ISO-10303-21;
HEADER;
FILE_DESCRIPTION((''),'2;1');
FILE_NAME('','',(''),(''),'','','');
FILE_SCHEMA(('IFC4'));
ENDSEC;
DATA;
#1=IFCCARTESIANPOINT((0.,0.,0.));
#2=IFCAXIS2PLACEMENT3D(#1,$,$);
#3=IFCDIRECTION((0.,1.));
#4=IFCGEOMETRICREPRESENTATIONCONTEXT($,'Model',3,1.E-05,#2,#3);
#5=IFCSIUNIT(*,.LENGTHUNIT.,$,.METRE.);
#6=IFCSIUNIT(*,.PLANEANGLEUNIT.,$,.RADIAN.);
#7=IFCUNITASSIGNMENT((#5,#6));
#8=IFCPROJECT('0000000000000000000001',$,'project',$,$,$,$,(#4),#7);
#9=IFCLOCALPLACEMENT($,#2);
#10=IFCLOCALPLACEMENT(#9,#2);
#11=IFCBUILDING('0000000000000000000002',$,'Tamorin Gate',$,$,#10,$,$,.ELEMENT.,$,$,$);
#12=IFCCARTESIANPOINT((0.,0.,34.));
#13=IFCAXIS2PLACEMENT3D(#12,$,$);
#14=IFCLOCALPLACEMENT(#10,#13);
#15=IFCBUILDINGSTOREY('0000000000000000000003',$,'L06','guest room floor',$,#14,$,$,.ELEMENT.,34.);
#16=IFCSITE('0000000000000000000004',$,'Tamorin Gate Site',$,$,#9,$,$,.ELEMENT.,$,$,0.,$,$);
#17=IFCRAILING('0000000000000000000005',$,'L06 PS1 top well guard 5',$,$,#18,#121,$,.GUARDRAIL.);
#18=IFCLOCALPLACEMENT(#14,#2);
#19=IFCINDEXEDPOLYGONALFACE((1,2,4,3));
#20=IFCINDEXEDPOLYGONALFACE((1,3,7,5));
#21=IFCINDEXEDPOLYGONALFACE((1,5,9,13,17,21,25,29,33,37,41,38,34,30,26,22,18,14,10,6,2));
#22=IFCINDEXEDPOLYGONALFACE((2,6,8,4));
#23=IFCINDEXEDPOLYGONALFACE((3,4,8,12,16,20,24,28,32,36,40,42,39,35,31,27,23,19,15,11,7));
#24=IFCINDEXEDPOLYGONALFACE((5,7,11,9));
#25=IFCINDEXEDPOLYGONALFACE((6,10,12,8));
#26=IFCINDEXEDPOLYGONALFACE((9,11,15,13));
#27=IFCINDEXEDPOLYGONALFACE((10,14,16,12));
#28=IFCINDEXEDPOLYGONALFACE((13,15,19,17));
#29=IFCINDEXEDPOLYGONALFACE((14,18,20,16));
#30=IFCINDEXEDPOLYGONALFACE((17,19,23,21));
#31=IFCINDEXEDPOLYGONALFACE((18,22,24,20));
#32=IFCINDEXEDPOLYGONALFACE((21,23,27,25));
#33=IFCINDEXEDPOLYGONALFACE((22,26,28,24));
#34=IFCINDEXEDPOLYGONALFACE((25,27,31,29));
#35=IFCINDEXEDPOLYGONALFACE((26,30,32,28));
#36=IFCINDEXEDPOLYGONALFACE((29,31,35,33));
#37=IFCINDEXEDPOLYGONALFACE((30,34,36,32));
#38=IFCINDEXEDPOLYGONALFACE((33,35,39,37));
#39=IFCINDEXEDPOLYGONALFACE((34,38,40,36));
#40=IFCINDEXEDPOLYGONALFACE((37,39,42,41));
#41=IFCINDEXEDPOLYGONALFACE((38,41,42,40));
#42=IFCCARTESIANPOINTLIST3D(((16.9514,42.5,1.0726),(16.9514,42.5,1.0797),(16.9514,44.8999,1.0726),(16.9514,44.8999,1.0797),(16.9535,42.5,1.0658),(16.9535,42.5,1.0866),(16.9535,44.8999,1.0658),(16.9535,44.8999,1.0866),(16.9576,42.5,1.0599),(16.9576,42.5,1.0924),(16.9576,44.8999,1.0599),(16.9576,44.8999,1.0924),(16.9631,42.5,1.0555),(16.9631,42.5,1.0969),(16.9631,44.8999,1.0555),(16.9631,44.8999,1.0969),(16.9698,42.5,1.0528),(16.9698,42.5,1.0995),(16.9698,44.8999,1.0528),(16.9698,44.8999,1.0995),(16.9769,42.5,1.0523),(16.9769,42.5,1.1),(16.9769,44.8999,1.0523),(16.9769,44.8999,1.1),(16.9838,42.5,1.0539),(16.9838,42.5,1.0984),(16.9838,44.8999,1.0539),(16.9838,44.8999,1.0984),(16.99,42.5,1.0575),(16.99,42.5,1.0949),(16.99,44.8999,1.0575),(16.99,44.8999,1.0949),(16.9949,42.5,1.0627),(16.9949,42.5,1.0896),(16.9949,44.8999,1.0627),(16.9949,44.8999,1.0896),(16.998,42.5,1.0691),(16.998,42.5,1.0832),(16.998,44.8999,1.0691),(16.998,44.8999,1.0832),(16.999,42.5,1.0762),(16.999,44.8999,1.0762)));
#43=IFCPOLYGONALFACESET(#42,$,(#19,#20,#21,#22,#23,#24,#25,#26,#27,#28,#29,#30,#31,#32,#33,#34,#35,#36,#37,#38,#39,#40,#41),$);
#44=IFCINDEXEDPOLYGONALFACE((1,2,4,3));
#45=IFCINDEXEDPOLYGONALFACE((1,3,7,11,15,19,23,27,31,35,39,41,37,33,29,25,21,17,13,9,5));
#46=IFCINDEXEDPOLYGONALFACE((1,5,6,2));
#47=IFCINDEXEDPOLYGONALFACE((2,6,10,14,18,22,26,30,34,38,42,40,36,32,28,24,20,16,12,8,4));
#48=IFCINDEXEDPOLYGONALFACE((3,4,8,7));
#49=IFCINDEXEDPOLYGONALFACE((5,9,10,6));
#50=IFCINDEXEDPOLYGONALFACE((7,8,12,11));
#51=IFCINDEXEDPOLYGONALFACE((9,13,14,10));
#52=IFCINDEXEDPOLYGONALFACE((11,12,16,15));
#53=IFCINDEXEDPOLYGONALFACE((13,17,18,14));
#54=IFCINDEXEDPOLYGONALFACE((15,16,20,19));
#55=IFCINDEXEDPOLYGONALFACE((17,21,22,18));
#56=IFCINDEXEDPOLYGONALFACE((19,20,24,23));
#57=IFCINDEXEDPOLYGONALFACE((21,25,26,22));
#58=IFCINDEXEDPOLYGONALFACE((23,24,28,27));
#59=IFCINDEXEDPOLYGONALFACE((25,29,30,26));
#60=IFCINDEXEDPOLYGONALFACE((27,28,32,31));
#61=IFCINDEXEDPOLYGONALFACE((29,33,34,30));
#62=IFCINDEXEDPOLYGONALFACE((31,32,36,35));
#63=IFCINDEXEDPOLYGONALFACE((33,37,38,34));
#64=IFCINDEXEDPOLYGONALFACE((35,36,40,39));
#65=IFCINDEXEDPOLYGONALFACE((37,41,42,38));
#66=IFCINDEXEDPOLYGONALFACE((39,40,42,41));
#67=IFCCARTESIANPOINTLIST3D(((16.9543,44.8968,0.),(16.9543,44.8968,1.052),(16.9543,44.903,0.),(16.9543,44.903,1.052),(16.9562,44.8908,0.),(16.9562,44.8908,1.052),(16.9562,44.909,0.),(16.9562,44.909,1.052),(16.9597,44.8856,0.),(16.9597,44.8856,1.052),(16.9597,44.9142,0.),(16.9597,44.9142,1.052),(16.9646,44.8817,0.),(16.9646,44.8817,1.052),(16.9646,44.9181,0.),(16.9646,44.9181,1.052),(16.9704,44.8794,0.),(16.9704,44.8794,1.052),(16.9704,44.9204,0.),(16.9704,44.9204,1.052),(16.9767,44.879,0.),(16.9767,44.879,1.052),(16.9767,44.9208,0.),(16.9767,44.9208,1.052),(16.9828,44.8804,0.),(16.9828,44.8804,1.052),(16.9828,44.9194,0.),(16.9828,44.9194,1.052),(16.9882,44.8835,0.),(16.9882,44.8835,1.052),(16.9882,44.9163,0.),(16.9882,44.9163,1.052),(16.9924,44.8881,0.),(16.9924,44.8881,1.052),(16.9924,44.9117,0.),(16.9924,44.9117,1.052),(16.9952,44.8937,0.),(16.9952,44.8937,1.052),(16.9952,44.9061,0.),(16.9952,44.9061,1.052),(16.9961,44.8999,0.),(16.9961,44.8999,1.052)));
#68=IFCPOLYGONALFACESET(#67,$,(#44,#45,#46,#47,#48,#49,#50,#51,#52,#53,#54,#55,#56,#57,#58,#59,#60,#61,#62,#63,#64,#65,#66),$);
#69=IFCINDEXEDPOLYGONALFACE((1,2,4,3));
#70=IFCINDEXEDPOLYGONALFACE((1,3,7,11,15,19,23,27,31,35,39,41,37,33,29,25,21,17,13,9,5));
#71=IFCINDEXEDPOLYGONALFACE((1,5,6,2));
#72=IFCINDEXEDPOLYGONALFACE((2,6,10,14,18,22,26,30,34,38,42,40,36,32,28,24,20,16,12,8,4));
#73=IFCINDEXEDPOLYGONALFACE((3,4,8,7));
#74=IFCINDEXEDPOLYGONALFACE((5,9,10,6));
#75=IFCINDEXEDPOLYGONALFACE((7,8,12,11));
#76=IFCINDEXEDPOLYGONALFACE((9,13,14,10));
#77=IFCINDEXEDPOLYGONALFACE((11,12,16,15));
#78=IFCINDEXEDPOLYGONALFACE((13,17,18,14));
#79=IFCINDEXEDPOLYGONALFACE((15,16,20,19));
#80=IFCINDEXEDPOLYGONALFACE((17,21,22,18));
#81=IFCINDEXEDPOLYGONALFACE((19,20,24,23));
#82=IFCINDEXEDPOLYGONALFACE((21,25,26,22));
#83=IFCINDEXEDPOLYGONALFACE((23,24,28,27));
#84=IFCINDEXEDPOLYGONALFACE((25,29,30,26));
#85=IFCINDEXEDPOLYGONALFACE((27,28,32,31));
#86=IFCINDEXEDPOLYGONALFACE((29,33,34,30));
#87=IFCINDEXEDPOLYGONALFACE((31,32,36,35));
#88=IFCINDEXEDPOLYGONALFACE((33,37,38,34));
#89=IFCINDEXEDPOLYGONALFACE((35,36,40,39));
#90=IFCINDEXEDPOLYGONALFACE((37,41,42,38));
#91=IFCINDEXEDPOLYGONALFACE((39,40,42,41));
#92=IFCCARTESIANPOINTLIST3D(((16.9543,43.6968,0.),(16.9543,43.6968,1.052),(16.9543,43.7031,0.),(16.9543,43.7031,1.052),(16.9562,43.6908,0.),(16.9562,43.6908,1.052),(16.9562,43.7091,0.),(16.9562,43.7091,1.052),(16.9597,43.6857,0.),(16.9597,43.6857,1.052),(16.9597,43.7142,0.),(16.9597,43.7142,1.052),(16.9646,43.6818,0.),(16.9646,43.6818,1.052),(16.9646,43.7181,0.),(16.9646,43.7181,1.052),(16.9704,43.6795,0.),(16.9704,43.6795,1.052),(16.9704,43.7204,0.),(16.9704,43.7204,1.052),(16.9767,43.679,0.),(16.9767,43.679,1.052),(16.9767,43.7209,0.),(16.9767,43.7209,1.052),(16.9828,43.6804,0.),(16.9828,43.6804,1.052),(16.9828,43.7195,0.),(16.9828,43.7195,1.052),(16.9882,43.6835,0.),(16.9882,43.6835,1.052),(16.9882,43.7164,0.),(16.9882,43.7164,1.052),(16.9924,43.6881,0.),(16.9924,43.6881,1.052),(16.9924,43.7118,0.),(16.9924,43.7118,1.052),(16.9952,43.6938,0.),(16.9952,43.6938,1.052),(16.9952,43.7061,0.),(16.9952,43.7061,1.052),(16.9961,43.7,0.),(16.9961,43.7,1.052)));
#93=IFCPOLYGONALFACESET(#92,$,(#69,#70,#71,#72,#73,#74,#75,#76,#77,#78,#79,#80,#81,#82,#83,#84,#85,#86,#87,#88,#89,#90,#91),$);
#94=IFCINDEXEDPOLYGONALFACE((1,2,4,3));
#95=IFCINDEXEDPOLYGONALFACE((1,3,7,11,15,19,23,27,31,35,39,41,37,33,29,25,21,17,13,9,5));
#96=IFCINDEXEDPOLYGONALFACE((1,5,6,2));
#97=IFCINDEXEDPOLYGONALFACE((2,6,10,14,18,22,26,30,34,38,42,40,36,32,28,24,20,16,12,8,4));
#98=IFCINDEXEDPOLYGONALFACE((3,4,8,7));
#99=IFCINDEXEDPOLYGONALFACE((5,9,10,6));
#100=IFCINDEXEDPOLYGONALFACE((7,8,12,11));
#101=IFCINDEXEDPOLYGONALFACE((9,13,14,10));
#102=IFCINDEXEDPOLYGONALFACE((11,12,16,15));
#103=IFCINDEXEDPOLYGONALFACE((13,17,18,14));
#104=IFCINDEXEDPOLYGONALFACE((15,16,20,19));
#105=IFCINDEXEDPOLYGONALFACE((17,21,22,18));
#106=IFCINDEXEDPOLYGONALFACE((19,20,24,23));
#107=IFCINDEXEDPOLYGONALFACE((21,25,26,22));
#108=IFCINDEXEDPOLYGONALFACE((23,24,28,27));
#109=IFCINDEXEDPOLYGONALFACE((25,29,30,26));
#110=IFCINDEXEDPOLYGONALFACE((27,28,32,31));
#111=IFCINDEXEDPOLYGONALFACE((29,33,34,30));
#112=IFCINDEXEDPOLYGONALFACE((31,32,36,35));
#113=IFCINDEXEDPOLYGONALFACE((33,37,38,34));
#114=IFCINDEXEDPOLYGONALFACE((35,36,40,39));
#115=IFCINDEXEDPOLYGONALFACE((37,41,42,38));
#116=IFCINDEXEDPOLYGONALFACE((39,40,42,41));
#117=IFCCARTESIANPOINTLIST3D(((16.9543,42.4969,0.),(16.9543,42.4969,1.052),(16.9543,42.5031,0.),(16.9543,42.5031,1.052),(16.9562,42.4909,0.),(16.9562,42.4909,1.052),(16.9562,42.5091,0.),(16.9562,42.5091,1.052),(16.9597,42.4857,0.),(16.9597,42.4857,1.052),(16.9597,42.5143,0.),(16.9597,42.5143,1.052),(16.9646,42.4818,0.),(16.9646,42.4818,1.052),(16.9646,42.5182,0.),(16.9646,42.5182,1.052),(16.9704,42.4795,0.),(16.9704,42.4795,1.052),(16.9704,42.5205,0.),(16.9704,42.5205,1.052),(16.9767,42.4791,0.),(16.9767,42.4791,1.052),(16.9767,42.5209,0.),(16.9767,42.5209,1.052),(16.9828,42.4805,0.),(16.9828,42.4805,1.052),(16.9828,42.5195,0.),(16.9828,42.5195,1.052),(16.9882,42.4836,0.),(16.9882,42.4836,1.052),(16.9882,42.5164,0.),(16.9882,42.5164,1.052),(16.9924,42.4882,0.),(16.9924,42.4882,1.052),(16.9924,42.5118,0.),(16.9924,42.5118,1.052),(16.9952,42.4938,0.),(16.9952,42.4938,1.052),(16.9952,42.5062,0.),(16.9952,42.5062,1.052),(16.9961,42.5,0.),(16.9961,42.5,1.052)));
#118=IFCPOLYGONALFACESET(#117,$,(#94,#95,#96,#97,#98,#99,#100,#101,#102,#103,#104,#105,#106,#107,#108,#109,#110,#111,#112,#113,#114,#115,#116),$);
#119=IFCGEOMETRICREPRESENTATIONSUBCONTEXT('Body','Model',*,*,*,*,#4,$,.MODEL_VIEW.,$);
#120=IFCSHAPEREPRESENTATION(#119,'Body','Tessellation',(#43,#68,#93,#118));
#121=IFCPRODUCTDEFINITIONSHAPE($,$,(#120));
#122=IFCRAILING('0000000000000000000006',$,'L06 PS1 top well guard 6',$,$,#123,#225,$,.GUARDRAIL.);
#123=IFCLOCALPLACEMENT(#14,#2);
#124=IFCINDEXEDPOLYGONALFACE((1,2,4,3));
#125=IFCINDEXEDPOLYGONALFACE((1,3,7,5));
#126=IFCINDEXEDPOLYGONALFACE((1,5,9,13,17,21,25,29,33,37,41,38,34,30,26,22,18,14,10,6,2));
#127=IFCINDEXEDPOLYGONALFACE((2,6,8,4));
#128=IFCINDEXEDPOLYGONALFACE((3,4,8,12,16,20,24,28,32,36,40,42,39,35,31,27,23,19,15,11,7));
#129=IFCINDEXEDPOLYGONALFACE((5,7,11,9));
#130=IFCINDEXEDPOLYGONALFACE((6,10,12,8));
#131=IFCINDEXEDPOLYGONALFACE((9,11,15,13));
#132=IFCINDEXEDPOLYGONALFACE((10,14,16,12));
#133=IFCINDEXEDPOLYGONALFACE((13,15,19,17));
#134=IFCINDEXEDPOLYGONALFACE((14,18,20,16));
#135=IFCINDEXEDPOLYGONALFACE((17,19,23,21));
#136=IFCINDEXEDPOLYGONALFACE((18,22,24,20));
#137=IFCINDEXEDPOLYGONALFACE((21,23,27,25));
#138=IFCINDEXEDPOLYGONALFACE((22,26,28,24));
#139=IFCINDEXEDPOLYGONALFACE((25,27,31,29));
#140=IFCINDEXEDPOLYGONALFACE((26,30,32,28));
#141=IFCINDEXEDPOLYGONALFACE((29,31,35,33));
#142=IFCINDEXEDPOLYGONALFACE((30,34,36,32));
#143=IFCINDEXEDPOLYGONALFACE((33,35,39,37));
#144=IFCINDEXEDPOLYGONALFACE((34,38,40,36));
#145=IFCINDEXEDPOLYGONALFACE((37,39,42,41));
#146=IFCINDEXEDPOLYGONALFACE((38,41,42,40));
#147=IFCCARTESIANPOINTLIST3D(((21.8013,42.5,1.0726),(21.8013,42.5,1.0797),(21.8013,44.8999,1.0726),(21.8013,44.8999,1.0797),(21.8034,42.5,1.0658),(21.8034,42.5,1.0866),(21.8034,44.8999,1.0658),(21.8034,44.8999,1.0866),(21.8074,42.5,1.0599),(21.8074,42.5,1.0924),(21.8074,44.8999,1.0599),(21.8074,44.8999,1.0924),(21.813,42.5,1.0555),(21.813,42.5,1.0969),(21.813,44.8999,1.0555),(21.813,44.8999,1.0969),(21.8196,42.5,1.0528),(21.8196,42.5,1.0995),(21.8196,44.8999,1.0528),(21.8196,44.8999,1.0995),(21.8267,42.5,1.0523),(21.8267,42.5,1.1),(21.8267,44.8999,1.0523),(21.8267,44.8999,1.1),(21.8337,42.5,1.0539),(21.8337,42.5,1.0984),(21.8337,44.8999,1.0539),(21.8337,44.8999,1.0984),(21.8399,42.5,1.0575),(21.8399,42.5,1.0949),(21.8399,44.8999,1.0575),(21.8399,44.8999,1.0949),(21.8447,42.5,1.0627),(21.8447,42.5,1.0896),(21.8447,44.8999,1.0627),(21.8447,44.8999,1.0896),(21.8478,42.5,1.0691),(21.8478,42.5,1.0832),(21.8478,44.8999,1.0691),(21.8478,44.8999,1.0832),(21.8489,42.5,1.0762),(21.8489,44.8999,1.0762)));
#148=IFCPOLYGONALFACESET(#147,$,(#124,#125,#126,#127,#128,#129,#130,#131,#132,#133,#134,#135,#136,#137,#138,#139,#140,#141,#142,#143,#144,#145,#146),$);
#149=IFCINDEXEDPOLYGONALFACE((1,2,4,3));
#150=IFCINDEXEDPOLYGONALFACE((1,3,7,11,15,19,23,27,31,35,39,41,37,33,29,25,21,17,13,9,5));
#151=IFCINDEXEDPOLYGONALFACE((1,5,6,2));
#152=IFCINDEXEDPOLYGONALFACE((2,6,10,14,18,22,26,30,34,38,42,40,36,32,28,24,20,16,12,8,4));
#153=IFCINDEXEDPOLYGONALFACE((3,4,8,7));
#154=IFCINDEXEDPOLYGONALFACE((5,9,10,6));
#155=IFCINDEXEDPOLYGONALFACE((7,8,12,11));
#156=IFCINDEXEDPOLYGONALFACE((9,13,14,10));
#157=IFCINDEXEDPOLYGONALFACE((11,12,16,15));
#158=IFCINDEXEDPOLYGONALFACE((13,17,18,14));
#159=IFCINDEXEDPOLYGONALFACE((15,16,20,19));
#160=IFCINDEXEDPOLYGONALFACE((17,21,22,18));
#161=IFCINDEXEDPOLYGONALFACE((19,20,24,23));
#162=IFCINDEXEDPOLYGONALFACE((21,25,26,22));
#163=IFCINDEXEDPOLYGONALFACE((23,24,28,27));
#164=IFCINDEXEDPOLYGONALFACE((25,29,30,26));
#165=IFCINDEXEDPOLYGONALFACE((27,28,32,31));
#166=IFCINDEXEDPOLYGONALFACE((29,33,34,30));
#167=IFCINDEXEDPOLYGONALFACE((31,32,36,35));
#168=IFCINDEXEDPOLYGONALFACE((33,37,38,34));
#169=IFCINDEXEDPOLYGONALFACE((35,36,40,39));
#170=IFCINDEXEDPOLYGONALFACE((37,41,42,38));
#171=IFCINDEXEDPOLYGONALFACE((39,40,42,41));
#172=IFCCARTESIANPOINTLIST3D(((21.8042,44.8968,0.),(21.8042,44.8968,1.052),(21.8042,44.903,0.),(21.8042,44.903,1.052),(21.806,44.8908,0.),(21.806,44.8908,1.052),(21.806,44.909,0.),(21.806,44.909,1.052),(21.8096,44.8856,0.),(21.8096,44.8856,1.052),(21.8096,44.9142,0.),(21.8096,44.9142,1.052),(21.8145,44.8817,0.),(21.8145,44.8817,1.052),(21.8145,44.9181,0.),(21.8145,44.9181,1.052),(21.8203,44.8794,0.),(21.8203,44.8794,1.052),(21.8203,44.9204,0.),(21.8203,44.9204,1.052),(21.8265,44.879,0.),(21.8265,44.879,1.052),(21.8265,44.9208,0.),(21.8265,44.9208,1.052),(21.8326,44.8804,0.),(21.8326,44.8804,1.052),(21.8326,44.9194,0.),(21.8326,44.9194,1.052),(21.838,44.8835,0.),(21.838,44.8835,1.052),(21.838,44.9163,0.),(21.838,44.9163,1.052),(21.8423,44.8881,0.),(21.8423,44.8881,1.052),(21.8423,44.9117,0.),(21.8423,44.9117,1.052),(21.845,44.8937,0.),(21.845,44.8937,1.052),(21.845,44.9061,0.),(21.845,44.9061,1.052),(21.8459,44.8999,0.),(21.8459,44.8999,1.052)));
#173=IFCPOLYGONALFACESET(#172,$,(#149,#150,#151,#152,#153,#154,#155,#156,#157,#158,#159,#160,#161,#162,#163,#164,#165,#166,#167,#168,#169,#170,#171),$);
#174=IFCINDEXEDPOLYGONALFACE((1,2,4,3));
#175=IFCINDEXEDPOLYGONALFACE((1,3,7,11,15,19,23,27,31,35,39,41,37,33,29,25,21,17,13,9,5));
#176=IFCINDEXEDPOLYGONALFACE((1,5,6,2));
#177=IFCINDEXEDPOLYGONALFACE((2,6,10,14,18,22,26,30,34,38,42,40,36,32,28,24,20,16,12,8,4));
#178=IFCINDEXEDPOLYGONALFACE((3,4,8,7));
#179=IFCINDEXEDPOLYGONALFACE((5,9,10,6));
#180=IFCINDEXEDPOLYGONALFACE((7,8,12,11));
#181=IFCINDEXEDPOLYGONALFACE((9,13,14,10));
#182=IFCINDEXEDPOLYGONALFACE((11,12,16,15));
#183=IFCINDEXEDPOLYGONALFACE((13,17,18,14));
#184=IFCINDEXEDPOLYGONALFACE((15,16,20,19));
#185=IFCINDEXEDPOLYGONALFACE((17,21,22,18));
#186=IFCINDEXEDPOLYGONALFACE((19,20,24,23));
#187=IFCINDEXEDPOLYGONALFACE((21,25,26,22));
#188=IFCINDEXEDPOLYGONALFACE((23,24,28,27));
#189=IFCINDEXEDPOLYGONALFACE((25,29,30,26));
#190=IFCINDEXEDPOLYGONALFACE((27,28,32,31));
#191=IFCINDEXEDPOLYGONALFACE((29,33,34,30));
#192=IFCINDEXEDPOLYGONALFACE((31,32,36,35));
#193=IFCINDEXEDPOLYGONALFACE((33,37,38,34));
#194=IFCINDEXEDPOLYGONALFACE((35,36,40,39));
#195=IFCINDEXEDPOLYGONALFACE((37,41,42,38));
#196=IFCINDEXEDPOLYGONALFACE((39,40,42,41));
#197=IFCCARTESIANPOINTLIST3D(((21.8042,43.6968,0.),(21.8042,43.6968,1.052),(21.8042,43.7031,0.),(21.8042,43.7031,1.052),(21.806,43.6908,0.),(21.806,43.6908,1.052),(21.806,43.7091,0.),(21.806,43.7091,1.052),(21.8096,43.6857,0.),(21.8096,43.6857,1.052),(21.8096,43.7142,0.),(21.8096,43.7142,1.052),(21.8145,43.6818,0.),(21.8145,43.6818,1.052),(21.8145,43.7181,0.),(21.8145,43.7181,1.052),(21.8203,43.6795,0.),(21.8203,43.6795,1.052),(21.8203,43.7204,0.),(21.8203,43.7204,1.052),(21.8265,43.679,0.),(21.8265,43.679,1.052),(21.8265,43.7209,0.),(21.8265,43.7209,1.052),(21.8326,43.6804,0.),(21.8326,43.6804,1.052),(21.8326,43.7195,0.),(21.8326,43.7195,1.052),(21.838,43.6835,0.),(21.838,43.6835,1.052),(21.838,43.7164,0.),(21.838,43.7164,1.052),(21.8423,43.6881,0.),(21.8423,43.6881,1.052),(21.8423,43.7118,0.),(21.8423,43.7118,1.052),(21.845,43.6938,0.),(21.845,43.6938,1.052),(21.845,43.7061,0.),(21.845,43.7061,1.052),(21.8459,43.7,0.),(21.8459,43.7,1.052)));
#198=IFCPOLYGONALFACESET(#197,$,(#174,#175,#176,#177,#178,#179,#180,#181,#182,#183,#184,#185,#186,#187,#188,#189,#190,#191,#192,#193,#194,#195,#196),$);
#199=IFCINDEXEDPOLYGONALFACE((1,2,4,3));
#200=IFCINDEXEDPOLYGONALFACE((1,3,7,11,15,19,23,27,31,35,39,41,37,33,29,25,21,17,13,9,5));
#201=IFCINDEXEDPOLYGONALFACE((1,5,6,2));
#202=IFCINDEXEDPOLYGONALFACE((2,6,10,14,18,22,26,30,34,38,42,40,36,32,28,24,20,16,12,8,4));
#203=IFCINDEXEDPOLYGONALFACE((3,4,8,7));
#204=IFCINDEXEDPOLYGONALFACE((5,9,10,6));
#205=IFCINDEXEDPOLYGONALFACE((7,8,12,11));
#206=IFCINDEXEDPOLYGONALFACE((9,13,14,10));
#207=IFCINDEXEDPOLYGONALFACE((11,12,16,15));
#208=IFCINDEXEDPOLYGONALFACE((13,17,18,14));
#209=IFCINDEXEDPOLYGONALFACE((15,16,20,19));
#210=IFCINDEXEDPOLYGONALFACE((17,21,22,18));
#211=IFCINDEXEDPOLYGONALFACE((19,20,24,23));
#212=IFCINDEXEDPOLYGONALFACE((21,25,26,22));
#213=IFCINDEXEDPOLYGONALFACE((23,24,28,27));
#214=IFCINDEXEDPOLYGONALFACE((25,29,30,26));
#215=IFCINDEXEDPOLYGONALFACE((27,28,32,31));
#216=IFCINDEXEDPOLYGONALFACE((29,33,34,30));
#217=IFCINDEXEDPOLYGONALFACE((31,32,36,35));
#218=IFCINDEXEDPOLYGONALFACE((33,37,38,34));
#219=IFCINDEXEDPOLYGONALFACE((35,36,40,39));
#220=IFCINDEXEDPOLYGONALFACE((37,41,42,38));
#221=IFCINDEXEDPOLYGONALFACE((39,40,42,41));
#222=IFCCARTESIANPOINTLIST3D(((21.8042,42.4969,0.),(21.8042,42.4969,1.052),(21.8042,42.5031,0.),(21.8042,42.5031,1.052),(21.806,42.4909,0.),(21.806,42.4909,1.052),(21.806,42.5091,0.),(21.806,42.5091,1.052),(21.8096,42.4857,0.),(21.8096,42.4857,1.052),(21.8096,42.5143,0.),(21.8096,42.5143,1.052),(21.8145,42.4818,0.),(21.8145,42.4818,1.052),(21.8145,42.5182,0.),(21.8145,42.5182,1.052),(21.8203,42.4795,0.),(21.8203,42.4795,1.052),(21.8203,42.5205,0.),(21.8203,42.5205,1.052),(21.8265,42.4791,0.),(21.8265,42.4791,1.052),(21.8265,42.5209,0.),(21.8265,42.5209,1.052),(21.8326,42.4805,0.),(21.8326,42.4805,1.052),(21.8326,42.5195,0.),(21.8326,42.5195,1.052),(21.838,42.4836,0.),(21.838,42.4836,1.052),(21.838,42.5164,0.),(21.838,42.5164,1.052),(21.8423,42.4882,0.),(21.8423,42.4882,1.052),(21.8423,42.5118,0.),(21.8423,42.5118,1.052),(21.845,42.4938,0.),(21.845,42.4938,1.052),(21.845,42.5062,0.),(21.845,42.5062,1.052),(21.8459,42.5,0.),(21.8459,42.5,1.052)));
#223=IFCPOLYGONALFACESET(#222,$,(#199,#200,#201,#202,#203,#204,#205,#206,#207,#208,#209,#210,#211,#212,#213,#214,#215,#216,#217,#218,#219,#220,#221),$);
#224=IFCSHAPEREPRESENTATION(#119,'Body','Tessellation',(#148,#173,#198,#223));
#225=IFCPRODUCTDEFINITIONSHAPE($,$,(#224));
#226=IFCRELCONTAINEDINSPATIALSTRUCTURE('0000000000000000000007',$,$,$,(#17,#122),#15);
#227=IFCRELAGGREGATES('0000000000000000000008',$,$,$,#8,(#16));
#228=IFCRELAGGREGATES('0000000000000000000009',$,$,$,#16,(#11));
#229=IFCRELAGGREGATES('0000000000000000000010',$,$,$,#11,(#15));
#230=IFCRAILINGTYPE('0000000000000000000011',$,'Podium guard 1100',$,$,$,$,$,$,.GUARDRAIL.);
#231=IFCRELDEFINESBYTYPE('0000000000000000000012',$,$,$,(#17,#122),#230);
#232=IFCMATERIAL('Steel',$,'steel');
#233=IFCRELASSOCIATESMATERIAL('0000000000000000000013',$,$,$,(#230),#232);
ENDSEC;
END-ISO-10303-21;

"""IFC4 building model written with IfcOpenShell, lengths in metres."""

from ifc_helpers import new_model, si_unit, direction, frame, origin, origin_2d, place, context, subcontext, project, spatial, circle, extrude, material, type_object, element, save


model = new_model("IFC4")

# Units and contexts
model_context = context("Model", 3, precision=1e-05, world=origin(), true_north=direction((0.0, 1.0)))
body_context = subcontext(model_context, "Body", "Model", "MODEL_VIEW")
ifc_project = project(units=[si_unit("LENGTHUNIT", "METRE"), si_unit("PLANEANGLEUNIT", "RADIAN")], contexts=[model_context])

# Site, building, storey
site_placement = place(None, origin())
site = spatial("IfcSite", under=ifc_project, at=site_placement, Name="Tamorin Gate Site", CompositionType="ELEMENT", RefElevation=0.0)
building_placement = place(site_placement, origin())
building = spatial("IfcBuilding", under=site, at=building_placement, Name="Tamorin Gate", CompositionType="ELEMENT")
storey_placement = place(building_placement, frame((0.0, 0.0, 34.0)))
storey = spatial("IfcBuildingStorey", under=building, at=storey_placement, Name="L06", Description="guest room floor", CompositionType="ELEMENT", Elevation=34.0)

# Railings
ifc_material_1 = material(Name="Steel", Category="steel")
railing_type = type_object("IfcRailingType", Name="Podium guard 1100", PredefinedType="GUARDRAIL", material=ifc_material_1)
for number, where, name in (
    (1, (16.9751, 44.8999, 0.0), "L06 PS1 top well guard 5"),
    (2, (21.825, 44.8999, 0.0), "L06 PS1 top well guard 6"),
):
    element("IfcRailing", number, at=place(storey_placement, frame(where)), inside=storey, type_object=railing_type, Name=name, PredefinedType="GUARDRAIL", context=body_context, shape_type="SweptSolid", body=[
        extrude(circle(Radius=0.0239, at=origin_2d()), frame((0.0, 0.0, 1.0762), z_axis=(0.0, -1.0, 0.0), x_axis=(1.0, 0.0, 0.0)), (0.0, 0.0, 1.0), 2.3999),
        extrude(circle(Radius=0.021, at=origin_2d()), origin(), (0.0, 0.0, 1.0), 1.052),
        extrude(circle(Radius=0.021, at=origin_2d()), frame((0.0, -1.2, 0.0)), (0.0, 0.0, 1.0), 1.052),
        extrude(circle(Radius=0.021, at=origin_2d()), frame((0.0, -2.3999, 0.0)), (0.0, 0.0, 1.0), 1.052),
    ])

save(model, "model.ifc")
